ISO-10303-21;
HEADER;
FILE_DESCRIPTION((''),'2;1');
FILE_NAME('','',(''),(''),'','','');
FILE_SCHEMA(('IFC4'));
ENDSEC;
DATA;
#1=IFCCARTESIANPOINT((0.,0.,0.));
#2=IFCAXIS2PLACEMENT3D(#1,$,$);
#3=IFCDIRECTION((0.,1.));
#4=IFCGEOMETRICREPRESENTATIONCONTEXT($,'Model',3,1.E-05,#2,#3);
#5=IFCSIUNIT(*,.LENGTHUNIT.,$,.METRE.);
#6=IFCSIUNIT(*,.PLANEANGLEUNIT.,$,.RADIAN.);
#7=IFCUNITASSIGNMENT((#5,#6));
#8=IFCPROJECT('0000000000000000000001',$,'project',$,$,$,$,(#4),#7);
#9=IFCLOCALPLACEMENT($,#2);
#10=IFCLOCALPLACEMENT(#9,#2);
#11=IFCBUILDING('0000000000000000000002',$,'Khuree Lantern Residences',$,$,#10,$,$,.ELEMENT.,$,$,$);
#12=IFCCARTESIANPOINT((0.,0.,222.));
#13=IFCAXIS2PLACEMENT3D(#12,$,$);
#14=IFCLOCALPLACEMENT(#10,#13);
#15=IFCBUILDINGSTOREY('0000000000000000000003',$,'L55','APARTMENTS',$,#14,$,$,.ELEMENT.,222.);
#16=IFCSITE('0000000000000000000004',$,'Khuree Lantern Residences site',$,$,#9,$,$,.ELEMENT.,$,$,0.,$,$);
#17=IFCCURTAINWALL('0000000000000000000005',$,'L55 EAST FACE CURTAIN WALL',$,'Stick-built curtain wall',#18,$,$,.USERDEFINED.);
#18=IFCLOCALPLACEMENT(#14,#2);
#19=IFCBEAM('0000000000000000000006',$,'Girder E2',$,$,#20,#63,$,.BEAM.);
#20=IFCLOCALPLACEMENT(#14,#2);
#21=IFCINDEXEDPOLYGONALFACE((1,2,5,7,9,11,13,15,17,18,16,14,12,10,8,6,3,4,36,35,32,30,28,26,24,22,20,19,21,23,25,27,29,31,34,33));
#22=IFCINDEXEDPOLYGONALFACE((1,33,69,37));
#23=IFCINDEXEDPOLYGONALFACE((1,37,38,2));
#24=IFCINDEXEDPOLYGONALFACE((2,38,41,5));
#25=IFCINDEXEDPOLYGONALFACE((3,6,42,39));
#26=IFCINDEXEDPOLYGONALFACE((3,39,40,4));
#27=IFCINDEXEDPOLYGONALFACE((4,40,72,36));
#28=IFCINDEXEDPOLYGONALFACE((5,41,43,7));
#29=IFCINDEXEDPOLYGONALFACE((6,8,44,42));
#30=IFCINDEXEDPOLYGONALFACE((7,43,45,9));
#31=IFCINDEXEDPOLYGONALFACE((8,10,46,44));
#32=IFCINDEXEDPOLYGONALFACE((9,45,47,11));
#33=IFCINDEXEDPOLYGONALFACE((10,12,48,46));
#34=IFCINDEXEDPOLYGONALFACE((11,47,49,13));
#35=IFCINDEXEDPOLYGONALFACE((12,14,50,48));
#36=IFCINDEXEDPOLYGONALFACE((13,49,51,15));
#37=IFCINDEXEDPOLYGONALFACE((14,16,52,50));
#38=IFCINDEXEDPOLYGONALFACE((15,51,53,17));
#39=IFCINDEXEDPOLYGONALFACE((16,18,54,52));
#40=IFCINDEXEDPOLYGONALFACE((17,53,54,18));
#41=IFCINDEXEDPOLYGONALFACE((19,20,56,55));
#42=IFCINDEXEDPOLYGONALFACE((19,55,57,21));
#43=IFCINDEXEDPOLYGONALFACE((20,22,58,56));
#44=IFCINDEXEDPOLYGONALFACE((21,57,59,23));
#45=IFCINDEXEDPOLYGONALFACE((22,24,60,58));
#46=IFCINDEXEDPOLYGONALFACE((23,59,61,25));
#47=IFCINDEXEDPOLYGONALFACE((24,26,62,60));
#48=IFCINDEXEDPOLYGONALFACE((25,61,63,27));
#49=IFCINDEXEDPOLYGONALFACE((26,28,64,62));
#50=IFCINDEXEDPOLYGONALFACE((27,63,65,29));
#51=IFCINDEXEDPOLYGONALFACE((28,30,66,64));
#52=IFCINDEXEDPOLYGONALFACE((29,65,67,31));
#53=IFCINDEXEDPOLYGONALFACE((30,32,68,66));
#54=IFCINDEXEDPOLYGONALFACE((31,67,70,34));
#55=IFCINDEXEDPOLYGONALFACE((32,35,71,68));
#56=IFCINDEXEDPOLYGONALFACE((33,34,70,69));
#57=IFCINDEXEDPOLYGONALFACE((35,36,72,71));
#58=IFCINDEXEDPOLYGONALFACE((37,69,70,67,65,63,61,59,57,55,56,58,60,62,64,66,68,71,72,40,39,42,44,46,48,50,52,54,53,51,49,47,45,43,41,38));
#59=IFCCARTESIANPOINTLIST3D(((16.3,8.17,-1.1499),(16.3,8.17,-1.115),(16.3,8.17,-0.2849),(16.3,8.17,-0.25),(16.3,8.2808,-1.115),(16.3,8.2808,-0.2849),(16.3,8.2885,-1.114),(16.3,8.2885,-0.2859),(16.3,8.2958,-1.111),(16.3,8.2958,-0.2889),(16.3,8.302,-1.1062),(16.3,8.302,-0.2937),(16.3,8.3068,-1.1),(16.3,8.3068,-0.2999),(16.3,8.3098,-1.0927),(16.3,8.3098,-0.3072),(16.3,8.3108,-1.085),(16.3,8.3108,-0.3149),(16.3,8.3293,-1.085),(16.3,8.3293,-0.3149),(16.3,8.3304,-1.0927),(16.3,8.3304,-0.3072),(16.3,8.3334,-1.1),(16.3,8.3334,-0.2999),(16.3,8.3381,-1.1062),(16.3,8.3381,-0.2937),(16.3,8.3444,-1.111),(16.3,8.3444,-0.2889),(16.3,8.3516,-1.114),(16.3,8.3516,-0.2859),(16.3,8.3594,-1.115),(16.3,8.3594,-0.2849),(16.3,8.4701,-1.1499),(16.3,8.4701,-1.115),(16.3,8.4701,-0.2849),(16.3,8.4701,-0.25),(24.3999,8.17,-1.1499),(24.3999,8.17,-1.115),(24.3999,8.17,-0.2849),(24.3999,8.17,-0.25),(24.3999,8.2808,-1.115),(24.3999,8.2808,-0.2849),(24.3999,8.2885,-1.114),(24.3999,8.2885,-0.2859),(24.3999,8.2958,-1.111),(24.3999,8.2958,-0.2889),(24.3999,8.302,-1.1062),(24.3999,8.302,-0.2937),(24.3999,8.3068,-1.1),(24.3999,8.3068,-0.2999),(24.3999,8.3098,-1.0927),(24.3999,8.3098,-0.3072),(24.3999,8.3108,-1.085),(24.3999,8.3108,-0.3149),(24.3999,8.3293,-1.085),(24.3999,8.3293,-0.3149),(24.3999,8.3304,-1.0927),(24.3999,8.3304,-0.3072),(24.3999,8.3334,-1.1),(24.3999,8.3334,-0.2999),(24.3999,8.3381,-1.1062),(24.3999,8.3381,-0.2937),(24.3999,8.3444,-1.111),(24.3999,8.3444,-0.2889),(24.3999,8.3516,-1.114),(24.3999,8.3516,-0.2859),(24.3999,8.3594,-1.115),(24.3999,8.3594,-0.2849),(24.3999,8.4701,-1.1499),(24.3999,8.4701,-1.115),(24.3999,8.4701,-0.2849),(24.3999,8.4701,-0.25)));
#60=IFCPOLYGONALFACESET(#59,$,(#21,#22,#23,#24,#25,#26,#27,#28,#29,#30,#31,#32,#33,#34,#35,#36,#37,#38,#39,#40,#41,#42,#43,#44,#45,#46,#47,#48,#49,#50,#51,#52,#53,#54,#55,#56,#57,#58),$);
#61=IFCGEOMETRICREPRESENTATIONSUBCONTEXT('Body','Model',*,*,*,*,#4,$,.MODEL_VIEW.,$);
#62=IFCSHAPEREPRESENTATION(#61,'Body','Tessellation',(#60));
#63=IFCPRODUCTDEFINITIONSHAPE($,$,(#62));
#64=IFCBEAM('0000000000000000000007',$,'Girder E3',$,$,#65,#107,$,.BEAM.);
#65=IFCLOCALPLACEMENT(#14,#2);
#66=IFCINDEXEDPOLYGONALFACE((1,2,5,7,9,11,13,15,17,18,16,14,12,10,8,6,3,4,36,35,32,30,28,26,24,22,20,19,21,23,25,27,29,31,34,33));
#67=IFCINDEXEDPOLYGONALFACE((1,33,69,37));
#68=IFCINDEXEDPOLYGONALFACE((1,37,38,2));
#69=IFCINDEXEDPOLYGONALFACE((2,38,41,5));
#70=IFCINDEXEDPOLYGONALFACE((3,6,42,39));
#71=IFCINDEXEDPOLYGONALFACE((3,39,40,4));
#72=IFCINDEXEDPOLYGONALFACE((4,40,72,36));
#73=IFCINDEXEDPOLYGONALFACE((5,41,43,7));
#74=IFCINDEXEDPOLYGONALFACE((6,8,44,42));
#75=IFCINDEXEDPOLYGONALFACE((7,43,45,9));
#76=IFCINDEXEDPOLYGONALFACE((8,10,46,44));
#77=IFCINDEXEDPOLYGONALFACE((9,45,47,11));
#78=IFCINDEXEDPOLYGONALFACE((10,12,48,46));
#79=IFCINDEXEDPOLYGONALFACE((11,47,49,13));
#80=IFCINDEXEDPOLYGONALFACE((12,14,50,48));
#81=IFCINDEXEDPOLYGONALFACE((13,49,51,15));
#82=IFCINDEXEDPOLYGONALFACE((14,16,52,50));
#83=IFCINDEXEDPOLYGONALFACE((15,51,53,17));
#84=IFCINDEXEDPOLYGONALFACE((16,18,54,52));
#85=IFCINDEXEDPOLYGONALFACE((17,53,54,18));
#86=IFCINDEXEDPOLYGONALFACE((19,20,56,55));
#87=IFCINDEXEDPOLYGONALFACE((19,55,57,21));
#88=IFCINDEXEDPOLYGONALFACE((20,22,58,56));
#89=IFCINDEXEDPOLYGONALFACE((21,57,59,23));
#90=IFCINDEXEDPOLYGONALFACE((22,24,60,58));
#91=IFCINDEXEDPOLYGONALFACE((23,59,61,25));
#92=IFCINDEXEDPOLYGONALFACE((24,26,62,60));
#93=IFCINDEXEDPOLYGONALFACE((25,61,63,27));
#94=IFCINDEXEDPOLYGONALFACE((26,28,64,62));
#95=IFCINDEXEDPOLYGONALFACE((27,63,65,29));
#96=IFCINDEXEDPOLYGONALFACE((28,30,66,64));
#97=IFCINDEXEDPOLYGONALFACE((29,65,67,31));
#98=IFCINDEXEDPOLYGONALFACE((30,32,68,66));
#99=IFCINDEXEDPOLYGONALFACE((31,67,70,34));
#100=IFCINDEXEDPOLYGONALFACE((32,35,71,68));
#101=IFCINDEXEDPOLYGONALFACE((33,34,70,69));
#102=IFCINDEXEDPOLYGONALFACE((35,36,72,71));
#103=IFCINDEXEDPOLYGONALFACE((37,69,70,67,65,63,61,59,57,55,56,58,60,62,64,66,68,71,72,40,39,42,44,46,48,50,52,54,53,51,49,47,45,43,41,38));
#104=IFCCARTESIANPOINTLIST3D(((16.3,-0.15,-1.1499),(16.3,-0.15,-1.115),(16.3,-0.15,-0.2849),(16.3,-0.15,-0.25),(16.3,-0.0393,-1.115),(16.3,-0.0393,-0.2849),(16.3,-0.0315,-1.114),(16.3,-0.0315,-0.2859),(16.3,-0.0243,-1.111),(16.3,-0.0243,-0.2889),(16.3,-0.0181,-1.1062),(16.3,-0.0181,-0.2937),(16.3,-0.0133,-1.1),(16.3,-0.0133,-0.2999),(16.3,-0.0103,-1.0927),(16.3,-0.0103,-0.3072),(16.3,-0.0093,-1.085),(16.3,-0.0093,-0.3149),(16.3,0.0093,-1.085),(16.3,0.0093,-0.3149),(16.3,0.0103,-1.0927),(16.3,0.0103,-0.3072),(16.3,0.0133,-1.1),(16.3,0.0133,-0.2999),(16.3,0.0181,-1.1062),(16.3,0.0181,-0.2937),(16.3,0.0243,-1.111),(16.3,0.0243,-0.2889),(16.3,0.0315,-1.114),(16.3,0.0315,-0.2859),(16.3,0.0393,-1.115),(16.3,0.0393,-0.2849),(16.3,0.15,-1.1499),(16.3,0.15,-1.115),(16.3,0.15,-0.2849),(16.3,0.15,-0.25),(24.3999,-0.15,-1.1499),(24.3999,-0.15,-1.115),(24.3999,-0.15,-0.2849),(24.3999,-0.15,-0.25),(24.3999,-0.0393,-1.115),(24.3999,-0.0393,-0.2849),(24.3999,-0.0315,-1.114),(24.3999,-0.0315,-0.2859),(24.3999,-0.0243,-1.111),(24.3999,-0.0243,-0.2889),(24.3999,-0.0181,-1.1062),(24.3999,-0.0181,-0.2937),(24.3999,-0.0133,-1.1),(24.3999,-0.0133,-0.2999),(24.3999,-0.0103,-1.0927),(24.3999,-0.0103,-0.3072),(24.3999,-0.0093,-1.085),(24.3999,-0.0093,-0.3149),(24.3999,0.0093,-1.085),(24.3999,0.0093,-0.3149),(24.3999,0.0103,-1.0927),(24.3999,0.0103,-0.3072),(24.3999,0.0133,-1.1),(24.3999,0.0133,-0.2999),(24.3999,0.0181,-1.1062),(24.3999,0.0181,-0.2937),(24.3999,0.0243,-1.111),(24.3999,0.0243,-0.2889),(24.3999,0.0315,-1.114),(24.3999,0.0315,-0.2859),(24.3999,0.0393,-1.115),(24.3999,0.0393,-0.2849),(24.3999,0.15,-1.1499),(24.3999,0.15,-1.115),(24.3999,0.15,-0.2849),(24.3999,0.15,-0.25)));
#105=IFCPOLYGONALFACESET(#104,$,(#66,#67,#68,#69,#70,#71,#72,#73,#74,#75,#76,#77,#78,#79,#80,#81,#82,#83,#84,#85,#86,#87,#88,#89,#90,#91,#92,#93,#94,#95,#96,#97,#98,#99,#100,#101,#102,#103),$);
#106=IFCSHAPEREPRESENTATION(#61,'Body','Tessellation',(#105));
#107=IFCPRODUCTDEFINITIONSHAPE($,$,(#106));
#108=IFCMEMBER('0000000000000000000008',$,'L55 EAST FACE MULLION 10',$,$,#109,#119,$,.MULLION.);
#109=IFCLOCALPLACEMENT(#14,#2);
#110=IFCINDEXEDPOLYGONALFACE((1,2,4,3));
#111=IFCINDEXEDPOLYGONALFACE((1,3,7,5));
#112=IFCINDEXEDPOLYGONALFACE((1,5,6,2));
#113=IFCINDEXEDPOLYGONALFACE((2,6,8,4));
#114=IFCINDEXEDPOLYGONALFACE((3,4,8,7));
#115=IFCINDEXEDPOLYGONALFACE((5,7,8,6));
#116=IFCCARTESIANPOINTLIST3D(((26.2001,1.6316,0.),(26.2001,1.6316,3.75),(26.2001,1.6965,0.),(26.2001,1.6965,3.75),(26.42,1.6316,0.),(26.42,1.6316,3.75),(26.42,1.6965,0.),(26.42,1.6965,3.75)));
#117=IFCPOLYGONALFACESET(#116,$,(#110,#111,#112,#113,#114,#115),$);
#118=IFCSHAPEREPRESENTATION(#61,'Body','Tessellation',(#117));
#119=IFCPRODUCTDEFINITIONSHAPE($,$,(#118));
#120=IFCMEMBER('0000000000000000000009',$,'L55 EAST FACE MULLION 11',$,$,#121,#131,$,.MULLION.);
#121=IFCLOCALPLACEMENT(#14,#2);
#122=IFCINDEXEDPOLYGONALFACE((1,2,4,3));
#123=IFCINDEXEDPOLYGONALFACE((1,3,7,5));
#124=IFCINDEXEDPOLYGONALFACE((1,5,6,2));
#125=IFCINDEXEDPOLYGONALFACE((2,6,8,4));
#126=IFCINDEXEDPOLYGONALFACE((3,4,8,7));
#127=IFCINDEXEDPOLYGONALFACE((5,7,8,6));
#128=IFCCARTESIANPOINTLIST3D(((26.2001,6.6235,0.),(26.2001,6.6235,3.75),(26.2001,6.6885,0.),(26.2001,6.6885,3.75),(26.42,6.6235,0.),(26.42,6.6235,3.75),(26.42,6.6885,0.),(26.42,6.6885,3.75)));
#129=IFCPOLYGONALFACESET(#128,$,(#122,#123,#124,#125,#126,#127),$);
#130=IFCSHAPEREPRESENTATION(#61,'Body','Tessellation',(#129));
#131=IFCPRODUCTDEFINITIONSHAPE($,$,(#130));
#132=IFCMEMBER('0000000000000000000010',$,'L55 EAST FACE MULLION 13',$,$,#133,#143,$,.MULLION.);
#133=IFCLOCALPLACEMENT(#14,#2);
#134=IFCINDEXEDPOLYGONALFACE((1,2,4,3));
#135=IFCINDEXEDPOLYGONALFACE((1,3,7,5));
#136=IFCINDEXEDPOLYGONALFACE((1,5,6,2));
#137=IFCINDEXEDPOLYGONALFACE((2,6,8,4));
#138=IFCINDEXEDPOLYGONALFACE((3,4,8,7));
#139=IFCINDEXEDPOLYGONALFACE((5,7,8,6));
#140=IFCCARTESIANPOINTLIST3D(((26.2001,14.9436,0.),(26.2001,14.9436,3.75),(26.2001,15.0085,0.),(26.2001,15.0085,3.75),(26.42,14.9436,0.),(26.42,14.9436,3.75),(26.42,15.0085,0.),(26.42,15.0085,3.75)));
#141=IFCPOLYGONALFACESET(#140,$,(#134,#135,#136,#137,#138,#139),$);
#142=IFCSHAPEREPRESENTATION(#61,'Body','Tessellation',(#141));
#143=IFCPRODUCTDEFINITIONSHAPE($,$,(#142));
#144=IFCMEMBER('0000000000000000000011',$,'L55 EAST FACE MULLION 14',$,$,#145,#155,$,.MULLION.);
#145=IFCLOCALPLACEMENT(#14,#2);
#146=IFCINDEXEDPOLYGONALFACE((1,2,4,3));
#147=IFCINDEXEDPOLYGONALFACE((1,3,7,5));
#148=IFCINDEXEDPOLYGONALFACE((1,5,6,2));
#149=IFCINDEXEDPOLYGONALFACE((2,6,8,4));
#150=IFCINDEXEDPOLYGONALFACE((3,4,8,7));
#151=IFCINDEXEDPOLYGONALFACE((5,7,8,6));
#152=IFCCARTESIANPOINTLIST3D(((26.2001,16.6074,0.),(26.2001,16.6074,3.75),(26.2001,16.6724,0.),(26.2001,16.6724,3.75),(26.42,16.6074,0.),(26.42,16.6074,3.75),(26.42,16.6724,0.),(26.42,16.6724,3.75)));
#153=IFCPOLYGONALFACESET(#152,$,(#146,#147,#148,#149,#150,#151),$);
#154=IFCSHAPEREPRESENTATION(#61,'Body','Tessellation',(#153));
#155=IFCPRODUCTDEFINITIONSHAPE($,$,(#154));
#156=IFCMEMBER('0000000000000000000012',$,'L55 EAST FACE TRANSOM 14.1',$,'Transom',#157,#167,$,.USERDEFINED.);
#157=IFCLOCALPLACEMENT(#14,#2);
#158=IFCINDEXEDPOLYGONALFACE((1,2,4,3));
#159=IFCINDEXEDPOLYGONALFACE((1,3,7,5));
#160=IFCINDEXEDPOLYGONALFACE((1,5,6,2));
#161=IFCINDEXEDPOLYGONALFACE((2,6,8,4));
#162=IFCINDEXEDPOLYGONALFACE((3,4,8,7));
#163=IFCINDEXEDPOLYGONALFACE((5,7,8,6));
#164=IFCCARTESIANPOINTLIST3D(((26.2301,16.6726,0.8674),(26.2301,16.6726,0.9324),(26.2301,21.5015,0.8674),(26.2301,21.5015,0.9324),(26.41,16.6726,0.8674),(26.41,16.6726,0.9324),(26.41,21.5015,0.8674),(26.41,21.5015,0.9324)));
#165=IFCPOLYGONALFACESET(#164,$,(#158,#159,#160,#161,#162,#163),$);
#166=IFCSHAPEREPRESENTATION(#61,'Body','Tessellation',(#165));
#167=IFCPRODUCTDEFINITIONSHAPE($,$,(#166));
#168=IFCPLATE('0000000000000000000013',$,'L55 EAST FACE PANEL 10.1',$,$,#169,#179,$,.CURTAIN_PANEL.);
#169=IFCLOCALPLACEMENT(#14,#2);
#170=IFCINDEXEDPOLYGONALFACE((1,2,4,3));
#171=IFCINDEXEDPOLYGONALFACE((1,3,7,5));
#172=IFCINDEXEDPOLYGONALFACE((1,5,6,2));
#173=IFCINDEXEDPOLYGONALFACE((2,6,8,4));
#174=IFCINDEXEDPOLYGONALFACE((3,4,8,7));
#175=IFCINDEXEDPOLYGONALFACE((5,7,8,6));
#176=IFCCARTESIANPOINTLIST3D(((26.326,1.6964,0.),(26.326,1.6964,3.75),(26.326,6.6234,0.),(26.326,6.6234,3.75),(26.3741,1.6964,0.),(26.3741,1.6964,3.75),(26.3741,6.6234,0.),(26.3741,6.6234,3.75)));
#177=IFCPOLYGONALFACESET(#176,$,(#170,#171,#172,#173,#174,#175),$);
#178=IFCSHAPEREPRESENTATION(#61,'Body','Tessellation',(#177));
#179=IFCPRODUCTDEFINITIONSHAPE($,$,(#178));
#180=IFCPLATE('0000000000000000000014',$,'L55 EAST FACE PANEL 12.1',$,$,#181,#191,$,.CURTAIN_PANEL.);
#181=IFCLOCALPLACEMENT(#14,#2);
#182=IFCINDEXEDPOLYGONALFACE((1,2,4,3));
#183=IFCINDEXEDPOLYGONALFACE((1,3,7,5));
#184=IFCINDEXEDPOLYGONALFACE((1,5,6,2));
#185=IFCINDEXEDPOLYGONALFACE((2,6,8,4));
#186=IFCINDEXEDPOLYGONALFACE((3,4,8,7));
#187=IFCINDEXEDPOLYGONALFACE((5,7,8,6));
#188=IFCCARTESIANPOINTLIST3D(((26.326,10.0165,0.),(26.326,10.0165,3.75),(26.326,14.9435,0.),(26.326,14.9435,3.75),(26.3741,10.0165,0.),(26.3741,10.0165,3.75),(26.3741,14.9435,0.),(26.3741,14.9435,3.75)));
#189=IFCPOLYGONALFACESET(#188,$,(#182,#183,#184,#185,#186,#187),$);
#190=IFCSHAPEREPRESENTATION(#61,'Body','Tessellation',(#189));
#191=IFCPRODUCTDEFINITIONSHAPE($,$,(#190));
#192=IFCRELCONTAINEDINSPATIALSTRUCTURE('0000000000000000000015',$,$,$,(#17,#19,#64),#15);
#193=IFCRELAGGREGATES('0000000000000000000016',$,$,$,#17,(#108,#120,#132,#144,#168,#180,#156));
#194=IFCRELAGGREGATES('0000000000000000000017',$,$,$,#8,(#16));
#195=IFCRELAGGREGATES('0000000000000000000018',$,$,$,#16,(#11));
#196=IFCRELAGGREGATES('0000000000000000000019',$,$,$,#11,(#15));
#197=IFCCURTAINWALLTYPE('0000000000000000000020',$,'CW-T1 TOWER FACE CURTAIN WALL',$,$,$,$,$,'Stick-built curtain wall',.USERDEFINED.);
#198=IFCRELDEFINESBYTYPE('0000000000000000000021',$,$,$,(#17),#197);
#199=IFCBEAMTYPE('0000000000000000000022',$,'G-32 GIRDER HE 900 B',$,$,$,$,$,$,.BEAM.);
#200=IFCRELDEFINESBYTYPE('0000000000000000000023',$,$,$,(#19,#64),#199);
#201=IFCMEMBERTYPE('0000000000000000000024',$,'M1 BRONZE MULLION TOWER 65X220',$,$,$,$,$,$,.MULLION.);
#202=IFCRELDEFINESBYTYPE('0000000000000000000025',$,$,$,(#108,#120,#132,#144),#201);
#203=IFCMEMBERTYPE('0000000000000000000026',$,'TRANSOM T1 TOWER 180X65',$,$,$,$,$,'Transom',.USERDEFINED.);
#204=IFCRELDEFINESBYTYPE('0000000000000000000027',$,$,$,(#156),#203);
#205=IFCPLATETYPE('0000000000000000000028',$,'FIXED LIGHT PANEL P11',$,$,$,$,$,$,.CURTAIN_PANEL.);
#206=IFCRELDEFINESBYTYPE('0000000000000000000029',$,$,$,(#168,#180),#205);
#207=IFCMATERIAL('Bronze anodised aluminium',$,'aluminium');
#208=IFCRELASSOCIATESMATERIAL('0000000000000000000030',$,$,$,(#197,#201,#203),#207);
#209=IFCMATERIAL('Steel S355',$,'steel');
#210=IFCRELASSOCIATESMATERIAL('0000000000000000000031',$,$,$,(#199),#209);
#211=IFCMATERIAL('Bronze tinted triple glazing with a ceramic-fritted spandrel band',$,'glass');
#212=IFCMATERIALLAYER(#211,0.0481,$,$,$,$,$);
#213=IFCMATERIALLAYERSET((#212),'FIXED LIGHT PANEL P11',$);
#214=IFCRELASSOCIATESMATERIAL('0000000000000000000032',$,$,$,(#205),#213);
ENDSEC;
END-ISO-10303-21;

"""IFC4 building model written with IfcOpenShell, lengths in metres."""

from ifc_helpers import new_model, si_unit, direction, frame, origin, origin_2d, place, context, subcontext, project, spatial, rectangle, i_section, extrude, material, layer, layer_set, material_profile, profile_set, type_object, element, aggregate, save


model = new_model("IFC4")

# Units and contexts
model_context = context("Model", 3, precision=1e-05, world=origin(), true_north=direction((0.0, 1.0)))
body_context = subcontext(model_context, "Body", "Model", "MODEL_VIEW")
ifc_project = project(units=[si_unit("LENGTHUNIT", "METRE"), si_unit("PLANEANGLEUNIT", "RADIAN")], contexts=[model_context])

# Site, building, storey
site_placement = place(None, origin())
site = spatial("IfcSite", under=ifc_project, at=site_placement, Name="Khuree Lantern Residences site", CompositionType="ELEMENT", RefElevation=0.0)
building_placement = place(site_placement, origin())
building = spatial("IfcBuilding", under=site, at=building_placement, Name="Khuree Lantern Residences", CompositionType="ELEMENT")
storey_placement = place(building_placement, frame((0.0, 0.0, 222.0)))
storey = spatial("IfcBuildingStorey", under=building, at=storey_placement, Name="L55", Description="APARTMENTS", CompositionType="ELEMENT", Elevation=222.0)

# Shared definitions
ifc_material_1 = material(Name="Steel S355", Category="steel")

# Curtain wall
ifc_material_2 = material(Name="Bronze anodised aluminium", Category="aluminium")
curtain_wall_type = type_object("IfcCurtainWallType", Name="CW-T1 TOWER FACE CURTAIN WALL", ElementType="Stick-built curtain wall", PredefinedType="USERDEFINED", material=ifc_material_2)
curtain_wall_placement = place(storey_placement, origin())
curtain_wall = element("IfcCurtainWall", 1, at=curtain_wall_placement, inside=storey, type_object=curtain_wall_type, Name="L55 EAST FACE CURTAIN WALL", ObjectType="Stick-built curtain wall", PredefinedType="USERDEFINED")

# Beams
ifc_material_profile_1 = material_profile(ifc_material_1, i_section(OverallWidth=0.3, OverallDepth=0.8999, WebThickness=0.0186, FlangeThickness=0.0349, FilletRadius=0.03, at=origin_2d()), Name="HE 900 B")
ifc_profile_set_1 = profile_set([ifc_material_profile_1], Name="Steel S355")
beam_type_1 = type_object("IfcBeamType", Name="G-32 GIRDER HE 900 B", PredefinedType="BEAM", material=ifc_profile_set_1)
for number, where, z_axis, x_axis, name in (
    (2, (24.3999, 8.3201, -0.7), (-1.0, 0.0, 0.0), (0.0, -1.0, 0.0), "Girder E2"),
    (3, (24.3999, 0.0, -0.7), (-1.0, 0.0, 0.0), (0.0, -1.0, 0.0), "Girder E3"),
):
    element("IfcBeam", number, at=place(storey_placement, frame(where, z_axis=z_axis, x_axis=x_axis)), inside=storey, type_object=beam_type_1, Name=name, PredefinedType="BEAM", context=body_context, shape_type="SweptSolid", body=[
        extrude(i_section(OverallWidth=0.3, OverallDepth=0.8999, WebThickness=0.0186, FlangeThickness=0.0349, FilletRadius=0.03, at=origin_2d()), origin(), (0.0, 0.0, 1.0), 8.0999),
    ])

# Members
ifc_material_profile_2 = material_profile(ifc_material_2, rectangle(XDim=0.0649, YDim=0.22, at=origin_2d()), Name="M1 65X220")
ifc_profile_set_2 = profile_set([ifc_material_profile_2], Name="Bronze anodised aluminium")
member_type_1 = type_object("IfcMemberType", Name="M1 BRONZE MULLION TOWER 65X220", PredefinedType="MULLION", material=ifc_profile_set_2)
member_1_placement = place(storey_placement, frame((26.3101, 1.6641, 0.0), z_axis=(0.0, 0.0, 1.0), x_axis=(0.0, 1.0, 0.0)))
member_1 = element("IfcMember", 4, at=member_1_placement, type_object=member_type_1, Name="L55 EAST FACE MULLION 10", PredefinedType="MULLION", context=body_context, shape_type="SweptSolid", body=[
    extrude(rectangle(XDim=0.0649, YDim=0.22, at=origin_2d()), origin(), (0.0, 0.0, 1.0), 3.75),
])
member_2_placement = place(storey_placement, frame((26.3101, 6.656, 0.0), z_axis=(0.0, 0.0, 1.0), x_axis=(0.0, 1.0, 0.0)))
member_2 = element("IfcMember", 5, at=member_2_placement, type_object=member_type_1, Name="L55 EAST FACE MULLION 11", PredefinedType="MULLION", context=body_context, shape_type="SweptSolid", body=[
    extrude(rectangle(XDim=0.0649, YDim=0.22, at=origin_2d()), origin(), (0.0, 0.0, 1.0), 3.75),
])
member_3_placement = place(storey_placement, frame((26.3101, 14.9761, 0.0), z_axis=(0.0, 0.0, 1.0), x_axis=(0.0, 1.0, 0.0)))
member_3 = element("IfcMember", 6, at=member_3_placement, type_object=member_type_1, Name="L55 EAST FACE MULLION 13", PredefinedType="MULLION", context=body_context, shape_type="SweptSolid", body=[
    extrude(rectangle(XDim=0.0649, YDim=0.22, at=origin_2d()), origin(), (0.0, 0.0, 1.0), 3.75),
])
member_4_placement = place(storey_placement, frame((26.3101, 16.6399, 0.0), z_axis=(0.0, 0.0, 1.0), x_axis=(0.0, 1.0, 0.0)))
member_4 = element("IfcMember", 7, at=member_4_placement, type_object=member_type_1, Name="L55 EAST FACE MULLION 14", PredefinedType="MULLION", context=body_context, shape_type="SweptSolid", body=[
    extrude(rectangle(XDim=0.0649, YDim=0.22, at=origin_2d()), origin(), (0.0, 0.0, 1.0), 3.75),
])
ifc_material_profile_3 = material_profile(ifc_material_2, rectangle(XDim=0.1799, YDim=0.0649, at=origin_2d()), Name="T1 180X65")
ifc_profile_set_3 = profile_set([ifc_material_profile_3], Name="Bronze anodised aluminium")
member_type_2 = type_object("IfcMemberType", Name="TRANSOM T1 TOWER 180X65", ElementType="Transom", PredefinedType="USERDEFINED", material=ifc_profile_set_3)
member_5_placement = place(storey_placement, frame((26.3201, 16.6726, 0.8999), z_axis=(0.0, 1.0, 0.0), x_axis=(-1.0, 0.0, 0.0)))
member_5 = element("IfcMember", 8, at=member_5_placement, type_object=member_type_2, Name="L55 EAST FACE TRANSOM 14.1", ObjectType="Transom", PredefinedType="USERDEFINED", context=body_context, shape_type="SweptSolid", body=[
    extrude(rectangle(XDim=0.1799, YDim=0.0649, at=origin_2d()), origin(), (0.0, 0.0, 1.0), 4.8289),
])

# Plates
ifc_material_3 = material(Name="Bronze tinted triple glazing with a ceramic-fritted spandrel band", Category="glass")
ifc_layer_1 = layer(ifc_material_3, 0.0481)
ifc_layer_set_1 = layer_set([ifc_layer_1], Name="FIXED LIGHT PANEL P11")
plate_type_1 = type_object("IfcPlateType", Name="FIXED LIGHT PANEL P11", PredefinedType="CURTAIN_PANEL", material=ifc_layer_set_1)
plate_1_placement = place(storey_placement, frame((26.3501, 4.1599, 0.0), z_axis=(0.0, 0.0, 1.0), x_axis=(0.0, 1.0, 0.0)))
plate_1 = element("IfcPlate", 9, at=plate_1_placement, type_object=plate_type_1, Name="L55 EAST FACE PANEL 10.1", PredefinedType="CURTAIN_PANEL", context=body_context, shape_type="SweptSolid", body=[
    extrude(rectangle(XDim=4.927, YDim=0.0481, at=origin_2d()), origin(), (0.0, 0.0, 1.0), 3.75),
])
plate_2_placement = place(storey_placement, frame((26.3501, 12.48, 0.0), z_axis=(0.0, 0.0, 1.0), x_axis=(0.0, 1.0, 0.0)))
plate_2 = element("IfcPlate", 10, at=plate_2_placement, type_object=plate_type_1, Name="L55 EAST FACE PANEL 12.1", PredefinedType="CURTAIN_PANEL", context=body_context, shape_type="SweptSolid", body=[
    extrude(rectangle(XDim=4.927, YDim=0.0481, at=origin_2d()), origin(), (0.0, 0.0, 1.0), 3.75),
])
aggregate(curtain_wall, [member_1, member_2, member_3, member_4, plate_1, plate_2, member_5])

save(model, "model.ifc")
